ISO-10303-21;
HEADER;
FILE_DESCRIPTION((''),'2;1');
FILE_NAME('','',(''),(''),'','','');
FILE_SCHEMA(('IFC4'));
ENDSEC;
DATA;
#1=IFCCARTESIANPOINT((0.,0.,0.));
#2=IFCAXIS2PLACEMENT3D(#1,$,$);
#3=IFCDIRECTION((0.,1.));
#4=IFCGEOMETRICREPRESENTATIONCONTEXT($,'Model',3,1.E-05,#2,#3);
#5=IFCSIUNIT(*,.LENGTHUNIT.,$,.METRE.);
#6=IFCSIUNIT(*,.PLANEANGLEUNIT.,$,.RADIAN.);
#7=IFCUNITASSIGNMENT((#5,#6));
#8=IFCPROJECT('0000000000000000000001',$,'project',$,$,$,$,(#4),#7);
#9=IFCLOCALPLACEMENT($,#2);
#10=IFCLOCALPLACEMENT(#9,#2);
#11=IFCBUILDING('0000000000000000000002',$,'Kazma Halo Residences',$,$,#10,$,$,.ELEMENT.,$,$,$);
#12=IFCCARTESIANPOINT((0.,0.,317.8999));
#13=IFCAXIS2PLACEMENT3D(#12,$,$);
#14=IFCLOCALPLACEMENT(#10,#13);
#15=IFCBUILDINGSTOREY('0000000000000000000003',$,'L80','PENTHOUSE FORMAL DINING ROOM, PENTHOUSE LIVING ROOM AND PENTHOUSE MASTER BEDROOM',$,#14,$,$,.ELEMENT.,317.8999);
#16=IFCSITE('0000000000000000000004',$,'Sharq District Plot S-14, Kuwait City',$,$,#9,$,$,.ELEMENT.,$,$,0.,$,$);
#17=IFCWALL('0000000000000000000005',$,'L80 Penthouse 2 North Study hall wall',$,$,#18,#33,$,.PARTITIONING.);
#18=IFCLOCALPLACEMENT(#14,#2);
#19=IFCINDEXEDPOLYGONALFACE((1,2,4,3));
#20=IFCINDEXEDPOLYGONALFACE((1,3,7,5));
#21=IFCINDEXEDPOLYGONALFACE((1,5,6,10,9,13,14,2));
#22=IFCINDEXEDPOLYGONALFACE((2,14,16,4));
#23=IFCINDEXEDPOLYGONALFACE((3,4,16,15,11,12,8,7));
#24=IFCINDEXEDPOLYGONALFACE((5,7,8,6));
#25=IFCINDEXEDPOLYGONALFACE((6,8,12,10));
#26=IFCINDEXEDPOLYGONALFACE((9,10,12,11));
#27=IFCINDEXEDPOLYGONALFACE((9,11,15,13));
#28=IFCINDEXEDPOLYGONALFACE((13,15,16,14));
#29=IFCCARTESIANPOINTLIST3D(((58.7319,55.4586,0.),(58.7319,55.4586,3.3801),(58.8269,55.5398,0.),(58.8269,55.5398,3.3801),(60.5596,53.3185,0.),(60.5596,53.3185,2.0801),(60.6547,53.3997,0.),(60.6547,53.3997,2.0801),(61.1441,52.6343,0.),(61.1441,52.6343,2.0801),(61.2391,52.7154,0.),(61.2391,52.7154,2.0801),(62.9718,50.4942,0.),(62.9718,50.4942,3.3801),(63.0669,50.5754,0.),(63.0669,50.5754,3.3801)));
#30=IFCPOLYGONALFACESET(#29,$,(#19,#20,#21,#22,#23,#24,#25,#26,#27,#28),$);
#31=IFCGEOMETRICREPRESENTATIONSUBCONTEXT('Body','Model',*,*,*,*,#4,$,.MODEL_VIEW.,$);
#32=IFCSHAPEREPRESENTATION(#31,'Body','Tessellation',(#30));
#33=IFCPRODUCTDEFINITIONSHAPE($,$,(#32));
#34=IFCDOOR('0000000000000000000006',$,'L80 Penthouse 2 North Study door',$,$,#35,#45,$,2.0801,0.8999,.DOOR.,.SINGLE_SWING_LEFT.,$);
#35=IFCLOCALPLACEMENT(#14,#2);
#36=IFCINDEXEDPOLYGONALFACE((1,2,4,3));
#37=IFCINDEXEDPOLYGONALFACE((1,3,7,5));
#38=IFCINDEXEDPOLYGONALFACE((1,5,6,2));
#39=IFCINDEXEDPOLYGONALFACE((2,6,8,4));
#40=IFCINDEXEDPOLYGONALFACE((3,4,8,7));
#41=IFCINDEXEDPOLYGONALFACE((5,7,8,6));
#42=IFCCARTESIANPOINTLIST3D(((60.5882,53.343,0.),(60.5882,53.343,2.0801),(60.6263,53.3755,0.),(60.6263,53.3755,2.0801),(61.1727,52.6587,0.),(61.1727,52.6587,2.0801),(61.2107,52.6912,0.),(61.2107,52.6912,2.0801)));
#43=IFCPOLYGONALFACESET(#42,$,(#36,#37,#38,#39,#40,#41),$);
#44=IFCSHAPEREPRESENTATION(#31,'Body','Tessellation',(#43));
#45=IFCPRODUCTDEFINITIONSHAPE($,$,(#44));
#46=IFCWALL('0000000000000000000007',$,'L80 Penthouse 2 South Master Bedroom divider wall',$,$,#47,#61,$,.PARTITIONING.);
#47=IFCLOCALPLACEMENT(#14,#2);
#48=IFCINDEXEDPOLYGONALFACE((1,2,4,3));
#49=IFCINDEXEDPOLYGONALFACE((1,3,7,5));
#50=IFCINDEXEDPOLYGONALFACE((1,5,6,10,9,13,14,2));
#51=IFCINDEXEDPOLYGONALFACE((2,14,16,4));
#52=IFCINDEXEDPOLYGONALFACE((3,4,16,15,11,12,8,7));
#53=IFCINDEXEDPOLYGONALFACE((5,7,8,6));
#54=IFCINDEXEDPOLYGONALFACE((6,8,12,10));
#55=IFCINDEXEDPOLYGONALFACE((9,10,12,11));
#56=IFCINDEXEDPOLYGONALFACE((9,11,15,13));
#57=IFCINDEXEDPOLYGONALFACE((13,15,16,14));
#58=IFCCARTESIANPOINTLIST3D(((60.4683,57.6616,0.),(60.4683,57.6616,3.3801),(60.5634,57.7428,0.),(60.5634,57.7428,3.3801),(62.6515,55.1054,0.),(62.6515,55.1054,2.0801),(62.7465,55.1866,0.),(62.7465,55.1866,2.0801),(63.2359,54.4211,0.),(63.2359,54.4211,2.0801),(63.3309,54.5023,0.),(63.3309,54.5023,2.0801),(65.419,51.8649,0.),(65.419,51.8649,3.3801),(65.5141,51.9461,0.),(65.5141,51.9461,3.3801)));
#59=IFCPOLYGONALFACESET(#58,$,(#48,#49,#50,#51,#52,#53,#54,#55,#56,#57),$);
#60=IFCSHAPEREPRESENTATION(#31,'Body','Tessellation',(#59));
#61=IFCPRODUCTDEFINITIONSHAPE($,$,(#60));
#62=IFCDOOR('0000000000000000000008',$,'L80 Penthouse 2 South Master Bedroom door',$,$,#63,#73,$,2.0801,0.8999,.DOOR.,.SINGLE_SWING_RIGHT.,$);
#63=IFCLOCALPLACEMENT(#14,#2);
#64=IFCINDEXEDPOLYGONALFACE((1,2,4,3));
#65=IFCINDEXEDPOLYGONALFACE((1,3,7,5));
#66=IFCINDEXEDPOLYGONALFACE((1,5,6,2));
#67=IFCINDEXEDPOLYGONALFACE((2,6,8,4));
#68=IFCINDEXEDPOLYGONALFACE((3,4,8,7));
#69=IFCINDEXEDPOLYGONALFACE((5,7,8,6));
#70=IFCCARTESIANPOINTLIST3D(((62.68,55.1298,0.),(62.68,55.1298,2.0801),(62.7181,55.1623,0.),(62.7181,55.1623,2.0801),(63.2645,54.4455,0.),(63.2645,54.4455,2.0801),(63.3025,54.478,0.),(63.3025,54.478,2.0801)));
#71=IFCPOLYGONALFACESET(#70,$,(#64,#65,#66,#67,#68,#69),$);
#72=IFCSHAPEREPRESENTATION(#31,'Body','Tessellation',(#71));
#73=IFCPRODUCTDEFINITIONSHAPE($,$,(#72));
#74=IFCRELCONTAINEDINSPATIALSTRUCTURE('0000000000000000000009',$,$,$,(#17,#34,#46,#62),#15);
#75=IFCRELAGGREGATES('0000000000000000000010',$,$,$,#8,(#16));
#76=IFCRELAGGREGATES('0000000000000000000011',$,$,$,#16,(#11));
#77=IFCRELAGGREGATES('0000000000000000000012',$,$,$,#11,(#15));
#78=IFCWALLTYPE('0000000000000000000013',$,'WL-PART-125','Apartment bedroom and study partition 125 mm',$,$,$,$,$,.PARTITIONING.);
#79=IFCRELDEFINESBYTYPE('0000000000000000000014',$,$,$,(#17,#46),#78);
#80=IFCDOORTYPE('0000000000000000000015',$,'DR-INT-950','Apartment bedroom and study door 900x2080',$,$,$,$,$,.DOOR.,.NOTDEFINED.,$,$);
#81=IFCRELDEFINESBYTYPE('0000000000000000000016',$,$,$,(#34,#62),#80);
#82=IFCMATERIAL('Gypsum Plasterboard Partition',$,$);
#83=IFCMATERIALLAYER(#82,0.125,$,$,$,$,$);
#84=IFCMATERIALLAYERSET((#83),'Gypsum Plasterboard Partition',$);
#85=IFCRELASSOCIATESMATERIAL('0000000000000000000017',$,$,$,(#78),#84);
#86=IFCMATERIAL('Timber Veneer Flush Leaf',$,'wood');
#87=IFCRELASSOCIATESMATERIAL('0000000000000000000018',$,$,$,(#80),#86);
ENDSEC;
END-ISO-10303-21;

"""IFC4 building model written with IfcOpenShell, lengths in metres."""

from ifc_helpers import new_model, si_unit, direction, frame, frame_2d, origin, place, context, subcontext, project, spatial, rectangle, extrude, material, layer, layer_set, type_object, element, fill, save


model = new_model("IFC4")

# Units and contexts
model_context = context("Model", 3, precision=1e-05, world=origin(), true_north=direction((0.0, 1.0)))
body_context = subcontext(model_context, "Body", "Model", "MODEL_VIEW")
ifc_project = project(units=[si_unit("LENGTHUNIT", "METRE"), si_unit("PLANEANGLEUNIT", "RADIAN")], contexts=[model_context])

# Site, building, storey
site_placement = place(None, origin())
site = spatial("IfcSite", under=ifc_project, at=site_placement, Name="Sharq District Plot S-14, Kuwait City", CompositionType="ELEMENT", RefElevation=0.0)
building_placement = place(site_placement, origin())
building = spatial("IfcBuilding", under=site, at=building_placement, Name="Kazma Halo Residences", CompositionType="ELEMENT")
storey_placement = place(building_placement, frame((0.0, 0.0, 317.8999)))
storey = spatial("IfcBuildingStorey", under=building, at=storey_placement, Name="L80", Description="PENTHOUSE FORMAL DINING ROOM, PENTHOUSE LIVING ROOM AND PENTHOUSE MASTER BEDROOM", CompositionType="ELEMENT", Elevation=317.8999)

# Shared definitions
ifc_material_1 = material(Name="Gypsum Plasterboard Partition")
ifc_layer_1 = layer(ifc_material_1, 0.125)
ifc_layer_set_1 = layer_set([ifc_layer_1], Name="Gypsum Plasterboard Partition")
wall_type_1 = type_object("IfcWallType", Name="WL-PART-125", Description="Apartment bedroom and study partition 125 mm", PredefinedType="PARTITIONING", material=ifc_layer_set_1)

# Shared definitions
ifc_material_2 = material(Name="Timber Veneer Flush Leaf", Category="wood")
door_type_1 = type_object("IfcDoorType", Name="DR-INT-950", Description="Apartment bedroom and study door 900x2080", OperationType="NOTDEFINED", PredefinedType="DOOR", material=ifc_material_2)

# Walls, openings, doors
wall_1_placement = place(storey_placement, frame((63.0193, 50.5349, 0.0), z_axis=(0.0, 0.0, 1.0), x_axis=(-0.649451, 0.760404, 0.0)))
wall_1 = element("IfcWall", 1, at=wall_1_placement, inside=storey, type_object=wall_type_1, Name="L80 Penthouse 2 North Study hall wall", PredefinedType="PARTITIONING", context=body_context, shape_type="SweptSolid", body=[
    extrude(rectangle(XDim=6.5286, YDim=0.125, at=frame_2d((3.2642, 0.0))), origin(), (0.0, 0.0, 1.0), 3.3801),
])
opening_1_placement = place(wall_1_placement, frame((2.8142, 0.0, 0.0)))
opening_1 = element("IfcOpeningElement", 2, at=opening_1_placement, cuts=wall_1, PredefinedType="OPENING", context=body_context, shape_type="SweptSolid", body=[
    extrude(rectangle(XDim=0.8999, YDim=2.0801, at=frame_2d((0.45, 1.04))), frame((0.0, 0.0725, 0.0), z_axis=(0.0, -1.0, 0.0), x_axis=(1.0, 0.0, 0.0)), (0.0, 0.0, 1.0), 0.145),
])
door_1_placement = place(opening_1_placement, origin())
door_1 = element("IfcDoor", 3, at=door_1_placement, inside=storey, type_object=door_type_1, Name="L80 Penthouse 2 North Study door", OperationType="SINGLE_SWING_LEFT", OverallHeight=2.0801, OverallWidth=0.8999, PredefinedType="DOOR", context=body_context, shape_type="SweptSolid", body=[
    extrude(rectangle(XDim=0.8999, YDim=2.0801, at=frame_2d((0.45, 1.04))), frame((0.0, 0.0249, 0.0), z_axis=(0.0, -1.0, 0.0), x_axis=(1.0, 0.0, 0.0)), (0.0, 0.0, 1.0), 0.05),
])
fill(opening_1, door_1)
wall_2_placement = place(storey_placement, frame((65.4666, 51.9055, 0.0), z_axis=(0.0, 0.0, 1.0), x_axis=(-0.64944, 0.760413, 0.0)))
wall_2 = element("IfcWall", 4, at=wall_2_placement, inside=storey, type_object=wall_type_1, Name="L80 Penthouse 2 South Master Bedroom divider wall", PredefinedType="PARTITIONING", context=body_context, shape_type="SweptSolid", body=[
    extrude(rectangle(XDim=7.623, YDim=0.125, at=frame_2d((3.8115, 0.0))), origin(), (0.0, 0.0, 1.0), 3.3801),
])
opening_2_placement = place(wall_2_placement, frame((3.3616, 0.0, 0.0)))
opening_2 = element("IfcOpeningElement", 5, at=opening_2_placement, cuts=wall_2, PredefinedType="OPENING", context=body_context, shape_type="SweptSolid", body=[
    extrude(rectangle(XDim=0.8999, YDim=2.0801, at=frame_2d((0.45, 1.04))), frame((0.0, 0.0725, 0.0), z_axis=(0.0, -1.0, 0.0), x_axis=(1.0, 0.0, 0.0)), (0.0, 0.0, 1.0), 0.145),
])
door_2_placement = place(opening_2_placement, origin())
door_2 = element("IfcDoor", 6, at=door_2_placement, inside=storey, type_object=door_type_1, Name="L80 Penthouse 2 South Master Bedroom door", OperationType="SINGLE_SWING_RIGHT", OverallHeight=2.0801, OverallWidth=0.8999, PredefinedType="DOOR", context=body_context, shape_type="SweptSolid", body=[
    extrude(rectangle(XDim=0.8999, YDim=2.0801, at=frame_2d((0.45, 1.04))), frame((0.0, 0.0249, 0.0), z_axis=(0.0, -1.0, 0.0), x_axis=(1.0, 0.0, 0.0)), (0.0, 0.0, 1.0), 0.05),
])
fill(opening_2, door_2)

save(model, "model.ifc")
